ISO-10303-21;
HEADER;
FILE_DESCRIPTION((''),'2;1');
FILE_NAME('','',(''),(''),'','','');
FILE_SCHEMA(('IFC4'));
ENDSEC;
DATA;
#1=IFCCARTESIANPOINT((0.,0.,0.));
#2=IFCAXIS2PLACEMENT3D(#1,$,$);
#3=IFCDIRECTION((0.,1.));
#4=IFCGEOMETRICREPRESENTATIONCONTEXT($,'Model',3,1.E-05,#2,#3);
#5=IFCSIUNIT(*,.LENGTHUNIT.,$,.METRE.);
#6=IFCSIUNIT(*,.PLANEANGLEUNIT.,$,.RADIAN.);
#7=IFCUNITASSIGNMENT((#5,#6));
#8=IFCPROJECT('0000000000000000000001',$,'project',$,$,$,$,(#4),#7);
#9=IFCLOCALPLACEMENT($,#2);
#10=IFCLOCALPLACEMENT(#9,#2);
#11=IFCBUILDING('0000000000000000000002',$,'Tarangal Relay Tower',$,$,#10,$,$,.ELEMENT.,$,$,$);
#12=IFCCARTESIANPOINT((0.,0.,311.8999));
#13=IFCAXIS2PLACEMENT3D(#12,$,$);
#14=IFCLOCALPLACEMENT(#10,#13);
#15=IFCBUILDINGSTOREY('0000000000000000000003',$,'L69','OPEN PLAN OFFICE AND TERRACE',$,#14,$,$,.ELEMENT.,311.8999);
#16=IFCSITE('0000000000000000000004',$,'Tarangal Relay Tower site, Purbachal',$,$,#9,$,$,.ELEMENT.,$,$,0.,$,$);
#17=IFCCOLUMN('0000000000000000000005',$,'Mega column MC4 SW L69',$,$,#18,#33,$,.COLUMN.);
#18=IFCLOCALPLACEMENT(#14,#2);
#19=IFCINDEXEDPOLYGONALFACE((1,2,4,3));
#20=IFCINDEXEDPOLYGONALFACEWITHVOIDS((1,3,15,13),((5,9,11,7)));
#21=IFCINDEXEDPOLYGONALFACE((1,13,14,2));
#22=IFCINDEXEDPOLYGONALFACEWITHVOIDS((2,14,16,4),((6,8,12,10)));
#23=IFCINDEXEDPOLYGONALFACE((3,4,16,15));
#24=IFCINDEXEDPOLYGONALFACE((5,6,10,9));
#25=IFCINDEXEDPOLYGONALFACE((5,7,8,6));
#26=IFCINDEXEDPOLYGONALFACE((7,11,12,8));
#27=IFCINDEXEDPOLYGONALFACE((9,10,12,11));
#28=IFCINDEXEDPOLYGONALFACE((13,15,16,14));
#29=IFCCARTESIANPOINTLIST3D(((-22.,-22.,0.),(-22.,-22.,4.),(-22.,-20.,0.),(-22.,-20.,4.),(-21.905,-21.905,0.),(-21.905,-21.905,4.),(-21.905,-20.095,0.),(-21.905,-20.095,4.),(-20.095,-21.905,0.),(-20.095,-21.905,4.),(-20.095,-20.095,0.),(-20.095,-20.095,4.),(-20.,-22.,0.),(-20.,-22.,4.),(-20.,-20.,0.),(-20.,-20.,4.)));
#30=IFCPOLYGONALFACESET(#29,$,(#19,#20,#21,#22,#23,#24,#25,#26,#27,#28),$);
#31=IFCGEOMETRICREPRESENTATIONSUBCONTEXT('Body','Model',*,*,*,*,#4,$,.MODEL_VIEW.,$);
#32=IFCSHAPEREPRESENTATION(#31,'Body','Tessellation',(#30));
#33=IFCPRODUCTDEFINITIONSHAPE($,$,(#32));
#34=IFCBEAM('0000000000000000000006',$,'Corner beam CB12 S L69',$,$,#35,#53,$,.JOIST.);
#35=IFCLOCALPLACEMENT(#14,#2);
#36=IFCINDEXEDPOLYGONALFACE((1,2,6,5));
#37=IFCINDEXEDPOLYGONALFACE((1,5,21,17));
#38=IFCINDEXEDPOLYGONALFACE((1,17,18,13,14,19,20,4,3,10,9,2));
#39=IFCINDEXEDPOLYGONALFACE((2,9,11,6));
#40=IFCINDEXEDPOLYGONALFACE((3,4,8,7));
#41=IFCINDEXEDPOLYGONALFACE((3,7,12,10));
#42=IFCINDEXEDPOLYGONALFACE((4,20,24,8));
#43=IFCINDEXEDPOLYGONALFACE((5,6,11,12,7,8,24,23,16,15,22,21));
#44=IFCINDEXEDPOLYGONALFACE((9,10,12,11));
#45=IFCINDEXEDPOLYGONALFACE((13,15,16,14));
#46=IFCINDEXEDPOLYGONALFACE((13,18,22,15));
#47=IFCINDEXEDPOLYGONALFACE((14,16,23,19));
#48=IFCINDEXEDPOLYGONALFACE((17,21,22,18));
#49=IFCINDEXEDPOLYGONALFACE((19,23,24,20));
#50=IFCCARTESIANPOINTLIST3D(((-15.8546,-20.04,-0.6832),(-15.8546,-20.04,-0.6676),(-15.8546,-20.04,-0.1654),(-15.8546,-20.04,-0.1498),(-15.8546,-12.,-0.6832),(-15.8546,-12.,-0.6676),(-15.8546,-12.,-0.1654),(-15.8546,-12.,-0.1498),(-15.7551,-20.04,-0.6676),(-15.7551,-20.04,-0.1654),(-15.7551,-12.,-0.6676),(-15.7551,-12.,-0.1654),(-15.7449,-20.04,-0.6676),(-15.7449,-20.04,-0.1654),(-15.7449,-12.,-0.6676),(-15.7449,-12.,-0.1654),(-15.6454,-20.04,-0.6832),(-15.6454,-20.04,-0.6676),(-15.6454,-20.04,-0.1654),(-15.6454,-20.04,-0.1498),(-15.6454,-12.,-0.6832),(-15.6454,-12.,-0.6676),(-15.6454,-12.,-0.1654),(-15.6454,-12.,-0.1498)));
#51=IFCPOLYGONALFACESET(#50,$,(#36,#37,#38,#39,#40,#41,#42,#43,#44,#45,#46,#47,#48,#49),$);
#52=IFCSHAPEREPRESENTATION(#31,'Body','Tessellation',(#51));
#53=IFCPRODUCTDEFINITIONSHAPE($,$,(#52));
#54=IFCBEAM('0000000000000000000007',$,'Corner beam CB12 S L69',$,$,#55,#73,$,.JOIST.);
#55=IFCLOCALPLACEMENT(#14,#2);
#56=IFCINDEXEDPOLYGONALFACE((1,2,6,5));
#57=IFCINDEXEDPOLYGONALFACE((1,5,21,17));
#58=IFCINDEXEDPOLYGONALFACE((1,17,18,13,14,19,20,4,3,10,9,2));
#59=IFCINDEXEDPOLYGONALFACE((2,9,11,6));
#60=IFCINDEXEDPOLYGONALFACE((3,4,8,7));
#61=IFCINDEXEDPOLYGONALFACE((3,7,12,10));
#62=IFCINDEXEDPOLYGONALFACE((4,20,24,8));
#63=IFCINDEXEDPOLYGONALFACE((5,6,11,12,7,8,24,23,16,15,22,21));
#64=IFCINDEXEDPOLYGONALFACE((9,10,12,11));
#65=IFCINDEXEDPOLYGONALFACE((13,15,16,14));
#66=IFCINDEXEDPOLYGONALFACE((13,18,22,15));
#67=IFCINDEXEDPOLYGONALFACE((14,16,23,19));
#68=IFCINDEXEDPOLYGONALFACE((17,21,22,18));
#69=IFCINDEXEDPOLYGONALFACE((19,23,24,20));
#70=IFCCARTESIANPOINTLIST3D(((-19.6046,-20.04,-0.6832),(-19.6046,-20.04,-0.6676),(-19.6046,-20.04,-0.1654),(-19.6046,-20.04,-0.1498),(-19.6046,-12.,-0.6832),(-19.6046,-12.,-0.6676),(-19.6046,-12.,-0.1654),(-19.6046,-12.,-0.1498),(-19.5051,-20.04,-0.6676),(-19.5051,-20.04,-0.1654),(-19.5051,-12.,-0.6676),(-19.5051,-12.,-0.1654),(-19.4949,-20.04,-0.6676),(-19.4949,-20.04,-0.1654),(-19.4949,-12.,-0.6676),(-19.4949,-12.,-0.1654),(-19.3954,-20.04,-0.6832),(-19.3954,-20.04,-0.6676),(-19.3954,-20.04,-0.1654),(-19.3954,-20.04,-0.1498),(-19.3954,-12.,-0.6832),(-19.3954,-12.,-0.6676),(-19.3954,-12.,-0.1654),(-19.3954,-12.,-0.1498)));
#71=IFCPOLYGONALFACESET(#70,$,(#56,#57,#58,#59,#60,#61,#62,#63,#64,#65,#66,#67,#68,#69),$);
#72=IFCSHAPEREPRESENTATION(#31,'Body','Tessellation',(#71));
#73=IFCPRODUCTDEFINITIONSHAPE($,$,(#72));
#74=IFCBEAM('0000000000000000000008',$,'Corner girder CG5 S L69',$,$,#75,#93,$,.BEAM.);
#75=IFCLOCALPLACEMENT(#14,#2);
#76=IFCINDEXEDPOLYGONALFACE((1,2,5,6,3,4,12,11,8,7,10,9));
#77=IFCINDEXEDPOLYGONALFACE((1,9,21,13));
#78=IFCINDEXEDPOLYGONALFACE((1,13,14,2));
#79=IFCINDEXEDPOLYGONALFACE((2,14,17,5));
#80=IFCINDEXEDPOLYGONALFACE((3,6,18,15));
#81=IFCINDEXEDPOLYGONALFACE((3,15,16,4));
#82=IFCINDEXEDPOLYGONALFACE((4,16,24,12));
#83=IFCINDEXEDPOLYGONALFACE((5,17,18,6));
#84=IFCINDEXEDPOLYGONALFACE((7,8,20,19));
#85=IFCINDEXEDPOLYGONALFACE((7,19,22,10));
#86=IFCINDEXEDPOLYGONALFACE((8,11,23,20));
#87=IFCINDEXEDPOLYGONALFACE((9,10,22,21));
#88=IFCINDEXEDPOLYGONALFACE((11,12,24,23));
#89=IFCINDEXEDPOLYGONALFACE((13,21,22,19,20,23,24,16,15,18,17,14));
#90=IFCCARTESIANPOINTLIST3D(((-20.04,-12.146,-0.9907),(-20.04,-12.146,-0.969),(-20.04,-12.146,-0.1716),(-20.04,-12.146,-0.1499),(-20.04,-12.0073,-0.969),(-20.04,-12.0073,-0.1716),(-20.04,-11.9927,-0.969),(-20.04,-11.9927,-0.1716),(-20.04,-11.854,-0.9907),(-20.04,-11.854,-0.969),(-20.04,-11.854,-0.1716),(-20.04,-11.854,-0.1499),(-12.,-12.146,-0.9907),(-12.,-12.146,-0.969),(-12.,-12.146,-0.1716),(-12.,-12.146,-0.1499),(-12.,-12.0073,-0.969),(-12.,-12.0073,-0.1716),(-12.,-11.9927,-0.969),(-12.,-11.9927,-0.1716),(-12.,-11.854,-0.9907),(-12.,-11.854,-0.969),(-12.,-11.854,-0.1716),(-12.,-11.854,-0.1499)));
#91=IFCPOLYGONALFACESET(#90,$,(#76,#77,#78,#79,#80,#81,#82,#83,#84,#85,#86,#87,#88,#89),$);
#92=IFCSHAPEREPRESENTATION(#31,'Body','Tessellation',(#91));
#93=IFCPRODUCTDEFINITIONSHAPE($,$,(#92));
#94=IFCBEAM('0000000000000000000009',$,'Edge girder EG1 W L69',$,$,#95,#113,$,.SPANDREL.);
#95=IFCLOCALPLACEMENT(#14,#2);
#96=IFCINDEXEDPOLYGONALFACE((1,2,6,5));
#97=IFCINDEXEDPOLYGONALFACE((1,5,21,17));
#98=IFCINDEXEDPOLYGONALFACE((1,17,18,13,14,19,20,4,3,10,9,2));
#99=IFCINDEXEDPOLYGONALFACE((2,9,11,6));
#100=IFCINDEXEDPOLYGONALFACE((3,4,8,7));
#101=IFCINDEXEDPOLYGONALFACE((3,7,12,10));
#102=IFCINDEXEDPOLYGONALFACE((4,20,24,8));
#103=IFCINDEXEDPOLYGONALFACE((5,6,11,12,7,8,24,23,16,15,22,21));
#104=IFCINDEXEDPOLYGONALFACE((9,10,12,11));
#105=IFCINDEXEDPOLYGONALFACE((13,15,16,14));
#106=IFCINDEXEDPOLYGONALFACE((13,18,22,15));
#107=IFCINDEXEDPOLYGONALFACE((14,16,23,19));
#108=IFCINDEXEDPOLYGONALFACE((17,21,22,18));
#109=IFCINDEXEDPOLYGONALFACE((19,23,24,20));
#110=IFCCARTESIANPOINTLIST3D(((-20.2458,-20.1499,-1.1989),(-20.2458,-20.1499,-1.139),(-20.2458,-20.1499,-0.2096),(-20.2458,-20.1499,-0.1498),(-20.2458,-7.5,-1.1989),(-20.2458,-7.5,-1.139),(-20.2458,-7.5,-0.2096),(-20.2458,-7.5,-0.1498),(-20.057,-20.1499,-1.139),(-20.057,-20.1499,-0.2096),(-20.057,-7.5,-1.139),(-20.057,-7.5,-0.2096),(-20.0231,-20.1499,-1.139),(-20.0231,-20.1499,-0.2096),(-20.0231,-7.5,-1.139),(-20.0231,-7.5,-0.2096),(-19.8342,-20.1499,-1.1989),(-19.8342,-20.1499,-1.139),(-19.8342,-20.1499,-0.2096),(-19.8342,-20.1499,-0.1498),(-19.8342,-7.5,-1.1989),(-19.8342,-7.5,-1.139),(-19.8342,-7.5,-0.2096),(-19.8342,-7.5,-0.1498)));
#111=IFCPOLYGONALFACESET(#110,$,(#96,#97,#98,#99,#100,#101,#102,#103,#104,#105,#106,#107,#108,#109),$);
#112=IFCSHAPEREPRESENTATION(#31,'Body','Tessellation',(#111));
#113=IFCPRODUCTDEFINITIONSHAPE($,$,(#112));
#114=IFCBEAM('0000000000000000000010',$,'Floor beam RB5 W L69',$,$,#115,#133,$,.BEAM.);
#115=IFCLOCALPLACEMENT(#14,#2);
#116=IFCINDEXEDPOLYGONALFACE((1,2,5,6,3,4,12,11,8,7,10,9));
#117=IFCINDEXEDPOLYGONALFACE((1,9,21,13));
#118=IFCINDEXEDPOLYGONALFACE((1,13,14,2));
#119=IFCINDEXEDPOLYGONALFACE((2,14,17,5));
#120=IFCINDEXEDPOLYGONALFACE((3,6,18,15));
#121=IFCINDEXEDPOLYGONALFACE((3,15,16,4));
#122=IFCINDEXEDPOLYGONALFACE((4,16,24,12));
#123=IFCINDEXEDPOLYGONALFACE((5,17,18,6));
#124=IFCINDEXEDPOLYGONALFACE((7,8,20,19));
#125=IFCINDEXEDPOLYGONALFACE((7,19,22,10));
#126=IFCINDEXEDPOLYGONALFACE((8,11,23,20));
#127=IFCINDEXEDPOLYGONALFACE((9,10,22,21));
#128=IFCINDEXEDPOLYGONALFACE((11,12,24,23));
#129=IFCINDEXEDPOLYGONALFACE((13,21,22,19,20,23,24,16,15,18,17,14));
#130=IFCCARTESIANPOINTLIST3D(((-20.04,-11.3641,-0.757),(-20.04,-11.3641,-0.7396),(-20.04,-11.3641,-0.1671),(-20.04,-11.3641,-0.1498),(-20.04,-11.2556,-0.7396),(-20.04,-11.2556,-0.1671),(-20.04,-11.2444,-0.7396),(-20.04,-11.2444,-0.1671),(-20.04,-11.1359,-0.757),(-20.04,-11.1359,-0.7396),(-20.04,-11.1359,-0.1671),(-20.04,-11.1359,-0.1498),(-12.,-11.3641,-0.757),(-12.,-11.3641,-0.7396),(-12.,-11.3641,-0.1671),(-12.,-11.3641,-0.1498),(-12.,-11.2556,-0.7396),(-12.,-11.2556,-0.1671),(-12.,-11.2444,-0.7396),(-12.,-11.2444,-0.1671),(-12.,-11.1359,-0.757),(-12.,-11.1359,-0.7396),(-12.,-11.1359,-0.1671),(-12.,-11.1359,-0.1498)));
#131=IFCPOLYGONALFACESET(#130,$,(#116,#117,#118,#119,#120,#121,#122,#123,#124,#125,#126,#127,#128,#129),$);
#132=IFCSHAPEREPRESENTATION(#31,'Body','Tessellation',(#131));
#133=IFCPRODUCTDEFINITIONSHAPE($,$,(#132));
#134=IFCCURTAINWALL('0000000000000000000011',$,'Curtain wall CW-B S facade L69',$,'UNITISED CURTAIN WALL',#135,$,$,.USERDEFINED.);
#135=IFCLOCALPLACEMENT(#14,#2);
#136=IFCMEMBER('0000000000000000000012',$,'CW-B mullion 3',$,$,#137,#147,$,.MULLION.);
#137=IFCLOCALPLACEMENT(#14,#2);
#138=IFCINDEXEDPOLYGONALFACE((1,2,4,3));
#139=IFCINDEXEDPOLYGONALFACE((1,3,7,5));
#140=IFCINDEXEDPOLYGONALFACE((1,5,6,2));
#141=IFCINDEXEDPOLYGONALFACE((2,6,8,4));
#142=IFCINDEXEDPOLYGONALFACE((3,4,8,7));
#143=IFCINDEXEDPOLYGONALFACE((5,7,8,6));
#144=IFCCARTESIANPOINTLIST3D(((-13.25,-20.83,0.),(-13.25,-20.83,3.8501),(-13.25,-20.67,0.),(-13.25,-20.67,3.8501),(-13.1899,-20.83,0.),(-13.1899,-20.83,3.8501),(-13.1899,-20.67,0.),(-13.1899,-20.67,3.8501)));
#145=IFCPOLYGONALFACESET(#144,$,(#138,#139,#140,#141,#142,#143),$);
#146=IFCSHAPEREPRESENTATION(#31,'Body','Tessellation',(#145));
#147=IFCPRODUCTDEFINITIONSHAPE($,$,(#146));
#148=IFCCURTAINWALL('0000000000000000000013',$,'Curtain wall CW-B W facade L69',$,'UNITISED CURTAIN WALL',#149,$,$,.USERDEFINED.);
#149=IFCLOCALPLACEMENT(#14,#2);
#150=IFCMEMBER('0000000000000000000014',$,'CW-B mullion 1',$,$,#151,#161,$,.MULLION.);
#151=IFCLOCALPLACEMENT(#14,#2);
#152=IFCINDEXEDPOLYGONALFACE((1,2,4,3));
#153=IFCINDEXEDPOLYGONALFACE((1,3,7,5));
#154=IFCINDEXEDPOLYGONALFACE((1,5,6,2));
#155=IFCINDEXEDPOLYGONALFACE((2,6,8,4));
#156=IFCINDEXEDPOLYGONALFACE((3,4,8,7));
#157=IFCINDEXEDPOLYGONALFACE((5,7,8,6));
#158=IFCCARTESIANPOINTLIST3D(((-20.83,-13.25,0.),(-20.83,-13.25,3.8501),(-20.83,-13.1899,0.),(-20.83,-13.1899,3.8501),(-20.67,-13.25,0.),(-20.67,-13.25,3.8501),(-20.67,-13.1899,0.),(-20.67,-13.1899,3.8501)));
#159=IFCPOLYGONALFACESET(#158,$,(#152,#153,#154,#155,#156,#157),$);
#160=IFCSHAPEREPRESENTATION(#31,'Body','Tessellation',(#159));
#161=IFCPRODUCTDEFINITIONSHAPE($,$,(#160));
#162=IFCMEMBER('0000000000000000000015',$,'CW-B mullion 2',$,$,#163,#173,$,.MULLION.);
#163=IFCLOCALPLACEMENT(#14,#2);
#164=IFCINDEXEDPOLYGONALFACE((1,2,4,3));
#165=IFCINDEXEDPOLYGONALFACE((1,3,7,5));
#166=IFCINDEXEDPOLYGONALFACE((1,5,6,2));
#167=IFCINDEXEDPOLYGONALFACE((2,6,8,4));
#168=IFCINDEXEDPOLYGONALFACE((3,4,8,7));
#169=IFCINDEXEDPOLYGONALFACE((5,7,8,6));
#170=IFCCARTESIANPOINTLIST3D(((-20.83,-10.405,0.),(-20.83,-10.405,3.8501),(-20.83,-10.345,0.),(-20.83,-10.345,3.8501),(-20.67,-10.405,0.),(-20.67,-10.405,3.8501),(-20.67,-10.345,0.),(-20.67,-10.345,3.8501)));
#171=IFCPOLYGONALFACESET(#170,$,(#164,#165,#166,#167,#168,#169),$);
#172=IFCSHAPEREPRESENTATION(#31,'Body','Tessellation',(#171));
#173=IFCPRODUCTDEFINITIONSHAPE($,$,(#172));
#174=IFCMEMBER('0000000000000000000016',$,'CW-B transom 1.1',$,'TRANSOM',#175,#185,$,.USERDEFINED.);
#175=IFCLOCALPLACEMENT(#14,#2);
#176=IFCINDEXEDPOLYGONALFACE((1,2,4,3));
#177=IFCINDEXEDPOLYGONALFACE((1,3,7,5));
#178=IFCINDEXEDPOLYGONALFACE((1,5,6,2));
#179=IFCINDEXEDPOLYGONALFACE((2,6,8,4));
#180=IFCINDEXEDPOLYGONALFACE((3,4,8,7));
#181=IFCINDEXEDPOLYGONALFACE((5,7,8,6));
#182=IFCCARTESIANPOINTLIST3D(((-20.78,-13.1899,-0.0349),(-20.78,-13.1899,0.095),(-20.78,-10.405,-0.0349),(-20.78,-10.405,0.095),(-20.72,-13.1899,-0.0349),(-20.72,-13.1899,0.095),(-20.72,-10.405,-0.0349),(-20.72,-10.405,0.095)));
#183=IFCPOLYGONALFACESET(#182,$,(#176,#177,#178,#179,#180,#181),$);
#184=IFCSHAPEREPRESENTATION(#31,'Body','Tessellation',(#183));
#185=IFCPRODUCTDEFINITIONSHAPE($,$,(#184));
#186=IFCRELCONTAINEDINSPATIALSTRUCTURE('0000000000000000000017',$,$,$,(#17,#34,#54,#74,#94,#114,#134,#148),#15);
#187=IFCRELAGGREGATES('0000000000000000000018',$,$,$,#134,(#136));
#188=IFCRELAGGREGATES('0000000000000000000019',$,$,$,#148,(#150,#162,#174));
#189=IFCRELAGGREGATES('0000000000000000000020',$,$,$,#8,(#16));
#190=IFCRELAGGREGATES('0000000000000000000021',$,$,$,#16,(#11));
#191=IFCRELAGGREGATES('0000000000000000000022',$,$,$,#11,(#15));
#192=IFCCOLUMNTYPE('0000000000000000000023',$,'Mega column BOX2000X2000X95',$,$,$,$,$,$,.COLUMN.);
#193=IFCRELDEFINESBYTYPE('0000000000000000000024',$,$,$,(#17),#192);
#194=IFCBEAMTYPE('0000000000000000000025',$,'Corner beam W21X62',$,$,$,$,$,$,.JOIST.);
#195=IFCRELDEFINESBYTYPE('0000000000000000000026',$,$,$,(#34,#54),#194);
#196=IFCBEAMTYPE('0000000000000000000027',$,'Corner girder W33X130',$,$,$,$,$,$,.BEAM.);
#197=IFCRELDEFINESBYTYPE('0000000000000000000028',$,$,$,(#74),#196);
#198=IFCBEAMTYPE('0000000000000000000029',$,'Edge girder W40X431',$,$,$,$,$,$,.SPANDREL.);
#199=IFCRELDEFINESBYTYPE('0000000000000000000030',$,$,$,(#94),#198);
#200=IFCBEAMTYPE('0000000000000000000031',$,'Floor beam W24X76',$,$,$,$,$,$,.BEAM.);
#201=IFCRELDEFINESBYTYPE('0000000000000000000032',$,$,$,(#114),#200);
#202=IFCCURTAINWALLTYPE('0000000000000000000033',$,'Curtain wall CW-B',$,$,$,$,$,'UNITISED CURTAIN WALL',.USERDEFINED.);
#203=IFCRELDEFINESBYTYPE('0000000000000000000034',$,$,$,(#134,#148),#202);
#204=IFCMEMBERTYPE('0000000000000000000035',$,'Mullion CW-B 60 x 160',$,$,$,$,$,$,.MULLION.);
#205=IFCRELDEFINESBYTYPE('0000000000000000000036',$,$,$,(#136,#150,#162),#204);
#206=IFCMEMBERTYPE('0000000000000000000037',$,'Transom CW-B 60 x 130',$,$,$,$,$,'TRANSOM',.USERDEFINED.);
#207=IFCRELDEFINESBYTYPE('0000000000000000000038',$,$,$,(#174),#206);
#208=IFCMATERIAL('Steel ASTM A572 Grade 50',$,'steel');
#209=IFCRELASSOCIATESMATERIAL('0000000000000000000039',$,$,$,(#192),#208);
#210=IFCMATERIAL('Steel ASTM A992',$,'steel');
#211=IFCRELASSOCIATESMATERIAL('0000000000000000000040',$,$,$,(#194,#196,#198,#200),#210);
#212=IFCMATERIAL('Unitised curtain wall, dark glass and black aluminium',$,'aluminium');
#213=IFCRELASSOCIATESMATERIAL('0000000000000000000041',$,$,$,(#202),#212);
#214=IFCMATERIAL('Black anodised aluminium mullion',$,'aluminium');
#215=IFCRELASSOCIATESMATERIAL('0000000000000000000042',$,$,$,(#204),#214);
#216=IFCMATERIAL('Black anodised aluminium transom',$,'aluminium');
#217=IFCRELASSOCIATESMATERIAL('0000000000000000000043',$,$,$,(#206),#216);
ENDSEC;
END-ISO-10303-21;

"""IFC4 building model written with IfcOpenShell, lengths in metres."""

from ifc_helpers import new_model, si_unit, direction, frame, origin, origin_2d, place, context, subcontext, project, spatial, rectangle, hollow_rectangle, i_section, extrude, material, material_profile, profile_set, type_object, element, aggregate, save


model = new_model("IFC4")

# Units and contexts
model_context = context("Model", 3, precision=1e-05, world=origin(), true_north=direction((0.0, 1.0)))
body_context = subcontext(model_context, "Body", "Model", "MODEL_VIEW")
ifc_project = project(units=[si_unit("LENGTHUNIT", "METRE"), si_unit("PLANEANGLEUNIT", "RADIAN")], contexts=[model_context])

# Site, building, storey
site_placement = place(None, origin())
site = spatial("IfcSite", under=ifc_project, at=site_placement, Name="Tarangal Relay Tower site, Purbachal", CompositionType="ELEMENT", RefElevation=0.0)
building_placement = place(site_placement, origin())
building = spatial("IfcBuilding", under=site, at=building_placement, Name="Tarangal Relay Tower", CompositionType="ELEMENT")
storey_placement = place(building_placement, frame((0.0, 0.0, 311.8999)))
storey = spatial("IfcBuildingStorey", under=building, at=storey_placement, Name="L69", Description="OPEN PLAN OFFICE AND TERRACE", CompositionType="ELEMENT", Elevation=311.8999)

# Column
ifc_material_1 = material(Name="Steel ASTM A572 Grade 50", Category="steel")
ifc_material_profile_1 = material_profile(ifc_material_1, hollow_rectangle(XDim=2.0, YDim=2.0, WallThickness=0.095, at=origin_2d()), Name="BOX2000X2000X95")
ifc_profile_set_1 = profile_set([ifc_material_profile_1], Name="Steel ASTM A572 Grade 50")
column_type = type_object("IfcColumnType", Name="Mega column BOX2000X2000X95", PredefinedType="COLUMN", material=ifc_profile_set_1)
column_placement = place(storey_placement, frame((-21.0, -21.0, 0.0), z_axis=(0.0, 0.0, 1.0), x_axis=(1.0, 0.0, 0.0)))
element("IfcColumn", 1, at=column_placement, inside=storey, type_object=column_type, Name="Mega column MC4 SW L69", PredefinedType="COLUMN", context=body_context, shape_type="SweptSolid", body=[
    extrude(hollow_rectangle(XDim=2.0, YDim=2.0, WallThickness=0.095, at=origin_2d()), origin(), (0.0, 0.0, 1.0), 4.0),
])

# Beams
ifc_material_2 = material(Name="Steel ASTM A992", Category="steel")
ifc_material_profile_2 = material_profile(ifc_material_2, i_section(OverallWidth=0.2092, OverallDepth=0.5334, WebThickness=0.0103, FlangeThickness=0.0156, at=origin_2d()), Name="W21X62")
ifc_profile_set_2 = profile_set([ifc_material_profile_2], Name="Steel ASTM A992")
beam_type_1 = type_object("IfcBeamType", Name="Corner beam W21X62", PredefinedType="JOIST", material=ifc_profile_set_2)
for number, where, z_axis, x_axis, name in (
    (2, (-15.75, -12.0, -0.4165), (0.0, -1.0, 0.0), (1.0, 0.0, 0.0), "Corner beam CB12 S L69"),
    (3, (-19.5, -12.0, -0.4165), (0.0, -1.0, 0.0), (1.0, 0.0, 0.0), "Corner beam CB12 S L69"),
):
    element("IfcBeam", number, at=place(storey_placement, frame(where, z_axis=z_axis, x_axis=x_axis)), inside=storey, type_object=beam_type_1, Name=name, PredefinedType="JOIST", context=body_context, shape_type="SweptSolid", body=[
        extrude(i_section(OverallWidth=0.2092, OverallDepth=0.5334, WebThickness=0.0103, FlangeThickness=0.0156, at=origin_2d()), origin(), (0.0, 0.0, 1.0), 8.04),
    ])
ifc_material_profile_3 = material_profile(ifc_material_2, i_section(OverallWidth=0.292, OverallDepth=0.8408, WebThickness=0.0146, FlangeThickness=0.0217, at=origin_2d()), Name="W33X130")
ifc_profile_set_3 = profile_set([ifc_material_profile_3], Name="Steel ASTM A992")
beam_type_2 = type_object("IfcBeamType", Name="Corner girder W33X130", PredefinedType="BEAM", material=ifc_profile_set_3)
beam_1_placement = place(storey_placement, frame((-12.0, -12.0, -0.5703), z_axis=(-1.0, 0.0, 0.0), x_axis=(0.0, -1.0, 0.0)))
element("IfcBeam", 4, at=beam_1_placement, inside=storey, type_object=beam_type_2, Name="Corner girder CG5 S L69", PredefinedType="BEAM", context=body_context, shape_type="SweptSolid", body=[
    extrude(i_section(OverallWidth=0.292, OverallDepth=0.8408, WebThickness=0.0146, FlangeThickness=0.0217, at=origin_2d()), origin(), (0.0, 0.0, 1.0), 8.04),
])
ifc_material_profile_4 = material_profile(ifc_material_2, i_section(OverallWidth=0.4116, OverallDepth=1.0491, WebThickness=0.0339, FlangeThickness=0.0598, at=origin_2d()), Name="W40X431")
ifc_profile_set_4 = profile_set([ifc_material_profile_4], Name="Steel ASTM A992")
beam_type_3 = type_object("IfcBeamType", Name="Edge girder W40X431", PredefinedType="SPANDREL", material=ifc_profile_set_4)
beam_2_placement = place(storey_placement, frame((-20.04, -20.1499, -0.6743), z_axis=(0.0, 1.0, 0.0), x_axis=(-1.0, 0.0, 0.0)))
element("IfcBeam", 5, at=beam_2_placement, inside=storey, type_object=beam_type_3, Name="Edge girder EG1 W L69", PredefinedType="SPANDREL", context=body_context, shape_type="SweptSolid", body=[
    extrude(i_section(OverallWidth=0.4116, OverallDepth=1.0491, WebThickness=0.0339, FlangeThickness=0.0598, at=origin_2d()), origin(), (0.0, 0.0, 1.0), 12.6499),
])
ifc_material_profile_5 = material_profile(ifc_material_2, i_section(OverallWidth=0.2283, OverallDepth=0.6072, WebThickness=0.0112, FlangeThickness=0.0173, at=origin_2d()), Name="W24X76")
ifc_profile_set_5 = profile_set([ifc_material_profile_5], Name="Steel ASTM A992")
beam_type_4 = type_object("IfcBeamType", Name="Floor beam W24X76", PredefinedType="BEAM", material=ifc_profile_set_5)
beam_3_placement = place(storey_placement, frame((-12.0, -11.25, -0.4534), z_axis=(-1.0, 0.0, 0.0), x_axis=(0.0, -1.0, 0.0)))
element("IfcBeam", 6, at=beam_3_placement, inside=storey, type_object=beam_type_4, Name="Floor beam RB5 W L69", PredefinedType="BEAM", context=body_context, shape_type="SweptSolid", body=[
    extrude(i_section(OverallWidth=0.2283, OverallDepth=0.6072, WebThickness=0.0112, FlangeThickness=0.0173, at=origin_2d()), origin(), (0.0, 0.0, 1.0), 8.04),
])

# Curtain wall, member
ifc_material_3 = material(Name="Unitised curtain wall, dark glass and black aluminium", Category="aluminium")
curtain_wall_type = type_object("IfcCurtainWallType", Name="Curtain wall CW-B", ElementType="UNITISED CURTAIN WALL", PredefinedType="USERDEFINED", material=ifc_material_3)
curtain_wall_1_placement = place(storey_placement, origin())
curtain_wall_1 = element("IfcCurtainWall", 7, at=curtain_wall_1_placement, inside=storey, type_object=curtain_wall_type, Name="Curtain wall CW-B S facade L69", ObjectType="UNITISED CURTAIN WALL", PredefinedType="USERDEFINED")
ifc_material_4 = material(Name="Black anodised aluminium mullion", Category="aluminium")
ifc_material_profile_6 = material_profile(ifc_material_4, rectangle(XDim=0.1599, YDim=0.0601, at=origin_2d()), Name="CW-BM 60X160")
ifc_profile_set_6 = profile_set([ifc_material_profile_6], Name="Black anodised aluminium mullion")
member_type_1 = type_object("IfcMemberType", Name="Mullion CW-B 60 x 160", PredefinedType="MULLION", material=ifc_profile_set_6)
member_1_placement = place(storey_placement, frame((-13.22, -20.75, 0.0), z_axis=(0.0, 0.0, 1.0), x_axis=(0.0, -1.0, 0.0)))
member_1 = element("IfcMember", 8, at=member_1_placement, type_object=member_type_1, Name="CW-B mullion 3", PredefinedType="MULLION", context=body_context, shape_type="SweptSolid", body=[
    extrude(rectangle(XDim=0.1599, YDim=0.0601, at=origin_2d()), origin(), (0.0, 0.0, 1.0), 3.8501),
])
aggregate(curtain_wall_1, [member_1])

# Curtain wall, members
curtain_wall_2_placement = place(storey_placement, origin())
curtain_wall_2 = element("IfcCurtainWall", 9, at=curtain_wall_2_placement, inside=storey, type_object=curtain_wall_type, Name="Curtain wall CW-B W facade L69", ObjectType="UNITISED CURTAIN WALL", PredefinedType="USERDEFINED")
member_2_placement = place(storey_placement, frame((-20.75, -13.22, 0.0), z_axis=(0.0, 0.0, 1.0), x_axis=(-1.0, 0.0, 0.0)))
member_2 = element("IfcMember", 10, at=member_2_placement, type_object=member_type_1, Name="CW-B mullion 1", PredefinedType="MULLION", context=body_context, shape_type="SweptSolid", body=[
    extrude(rectangle(XDim=0.1599, YDim=0.0601, at=origin_2d()), origin(), (0.0, 0.0, 1.0), 3.8501),
])
member_3_placement = place(storey_placement, frame((-20.75, -10.375, 0.0), z_axis=(0.0, 0.0, 1.0), x_axis=(-1.0, 0.0, 0.0)))
member_3 = element("IfcMember", 11, at=member_3_placement, type_object=member_type_1, Name="CW-B mullion 2", PredefinedType="MULLION", context=body_context, shape_type="SweptSolid", body=[
    extrude(rectangle(XDim=0.1599, YDim=0.0601, at=origin_2d()), origin(), (0.0, 0.0, 1.0), 3.8501),
])
ifc_material_5 = material(Name="Black anodised aluminium transom", Category="aluminium")
ifc_material_profile_7 = material_profile(ifc_material_5, rectangle(XDim=0.0601, YDim=0.1299, at=origin_2d()), Name="CW-BT 60X130")
ifc_profile_set_7 = profile_set([ifc_material_profile_7], Name="Black anodised aluminium transom")
member_type_2 = type_object("IfcMemberType", Name="Transom CW-B 60 x 130", ElementType="TRANSOM", PredefinedType="USERDEFINED", material=ifc_profile_set_7)
member_4_placement = place(storey_placement, frame((-20.75, -13.1899, 0.03), z_axis=(0.0, 1.0, 0.0), x_axis=(-1.0, 0.0, 0.0)))
member_4 = element("IfcMember", 12, at=member_4_placement, type_object=member_type_2, Name="CW-B transom 1.1", ObjectType="TRANSOM", PredefinedType="USERDEFINED", context=body_context, shape_type="SweptSolid", body=[
    extrude(rectangle(XDim=0.0601, YDim=0.1299, at=origin_2d()), origin(), (0.0, 0.0, 1.0), 2.7849),
])
aggregate(curtain_wall_2, [member_2, member_3, member_4])

save(model, "model.ifc")
